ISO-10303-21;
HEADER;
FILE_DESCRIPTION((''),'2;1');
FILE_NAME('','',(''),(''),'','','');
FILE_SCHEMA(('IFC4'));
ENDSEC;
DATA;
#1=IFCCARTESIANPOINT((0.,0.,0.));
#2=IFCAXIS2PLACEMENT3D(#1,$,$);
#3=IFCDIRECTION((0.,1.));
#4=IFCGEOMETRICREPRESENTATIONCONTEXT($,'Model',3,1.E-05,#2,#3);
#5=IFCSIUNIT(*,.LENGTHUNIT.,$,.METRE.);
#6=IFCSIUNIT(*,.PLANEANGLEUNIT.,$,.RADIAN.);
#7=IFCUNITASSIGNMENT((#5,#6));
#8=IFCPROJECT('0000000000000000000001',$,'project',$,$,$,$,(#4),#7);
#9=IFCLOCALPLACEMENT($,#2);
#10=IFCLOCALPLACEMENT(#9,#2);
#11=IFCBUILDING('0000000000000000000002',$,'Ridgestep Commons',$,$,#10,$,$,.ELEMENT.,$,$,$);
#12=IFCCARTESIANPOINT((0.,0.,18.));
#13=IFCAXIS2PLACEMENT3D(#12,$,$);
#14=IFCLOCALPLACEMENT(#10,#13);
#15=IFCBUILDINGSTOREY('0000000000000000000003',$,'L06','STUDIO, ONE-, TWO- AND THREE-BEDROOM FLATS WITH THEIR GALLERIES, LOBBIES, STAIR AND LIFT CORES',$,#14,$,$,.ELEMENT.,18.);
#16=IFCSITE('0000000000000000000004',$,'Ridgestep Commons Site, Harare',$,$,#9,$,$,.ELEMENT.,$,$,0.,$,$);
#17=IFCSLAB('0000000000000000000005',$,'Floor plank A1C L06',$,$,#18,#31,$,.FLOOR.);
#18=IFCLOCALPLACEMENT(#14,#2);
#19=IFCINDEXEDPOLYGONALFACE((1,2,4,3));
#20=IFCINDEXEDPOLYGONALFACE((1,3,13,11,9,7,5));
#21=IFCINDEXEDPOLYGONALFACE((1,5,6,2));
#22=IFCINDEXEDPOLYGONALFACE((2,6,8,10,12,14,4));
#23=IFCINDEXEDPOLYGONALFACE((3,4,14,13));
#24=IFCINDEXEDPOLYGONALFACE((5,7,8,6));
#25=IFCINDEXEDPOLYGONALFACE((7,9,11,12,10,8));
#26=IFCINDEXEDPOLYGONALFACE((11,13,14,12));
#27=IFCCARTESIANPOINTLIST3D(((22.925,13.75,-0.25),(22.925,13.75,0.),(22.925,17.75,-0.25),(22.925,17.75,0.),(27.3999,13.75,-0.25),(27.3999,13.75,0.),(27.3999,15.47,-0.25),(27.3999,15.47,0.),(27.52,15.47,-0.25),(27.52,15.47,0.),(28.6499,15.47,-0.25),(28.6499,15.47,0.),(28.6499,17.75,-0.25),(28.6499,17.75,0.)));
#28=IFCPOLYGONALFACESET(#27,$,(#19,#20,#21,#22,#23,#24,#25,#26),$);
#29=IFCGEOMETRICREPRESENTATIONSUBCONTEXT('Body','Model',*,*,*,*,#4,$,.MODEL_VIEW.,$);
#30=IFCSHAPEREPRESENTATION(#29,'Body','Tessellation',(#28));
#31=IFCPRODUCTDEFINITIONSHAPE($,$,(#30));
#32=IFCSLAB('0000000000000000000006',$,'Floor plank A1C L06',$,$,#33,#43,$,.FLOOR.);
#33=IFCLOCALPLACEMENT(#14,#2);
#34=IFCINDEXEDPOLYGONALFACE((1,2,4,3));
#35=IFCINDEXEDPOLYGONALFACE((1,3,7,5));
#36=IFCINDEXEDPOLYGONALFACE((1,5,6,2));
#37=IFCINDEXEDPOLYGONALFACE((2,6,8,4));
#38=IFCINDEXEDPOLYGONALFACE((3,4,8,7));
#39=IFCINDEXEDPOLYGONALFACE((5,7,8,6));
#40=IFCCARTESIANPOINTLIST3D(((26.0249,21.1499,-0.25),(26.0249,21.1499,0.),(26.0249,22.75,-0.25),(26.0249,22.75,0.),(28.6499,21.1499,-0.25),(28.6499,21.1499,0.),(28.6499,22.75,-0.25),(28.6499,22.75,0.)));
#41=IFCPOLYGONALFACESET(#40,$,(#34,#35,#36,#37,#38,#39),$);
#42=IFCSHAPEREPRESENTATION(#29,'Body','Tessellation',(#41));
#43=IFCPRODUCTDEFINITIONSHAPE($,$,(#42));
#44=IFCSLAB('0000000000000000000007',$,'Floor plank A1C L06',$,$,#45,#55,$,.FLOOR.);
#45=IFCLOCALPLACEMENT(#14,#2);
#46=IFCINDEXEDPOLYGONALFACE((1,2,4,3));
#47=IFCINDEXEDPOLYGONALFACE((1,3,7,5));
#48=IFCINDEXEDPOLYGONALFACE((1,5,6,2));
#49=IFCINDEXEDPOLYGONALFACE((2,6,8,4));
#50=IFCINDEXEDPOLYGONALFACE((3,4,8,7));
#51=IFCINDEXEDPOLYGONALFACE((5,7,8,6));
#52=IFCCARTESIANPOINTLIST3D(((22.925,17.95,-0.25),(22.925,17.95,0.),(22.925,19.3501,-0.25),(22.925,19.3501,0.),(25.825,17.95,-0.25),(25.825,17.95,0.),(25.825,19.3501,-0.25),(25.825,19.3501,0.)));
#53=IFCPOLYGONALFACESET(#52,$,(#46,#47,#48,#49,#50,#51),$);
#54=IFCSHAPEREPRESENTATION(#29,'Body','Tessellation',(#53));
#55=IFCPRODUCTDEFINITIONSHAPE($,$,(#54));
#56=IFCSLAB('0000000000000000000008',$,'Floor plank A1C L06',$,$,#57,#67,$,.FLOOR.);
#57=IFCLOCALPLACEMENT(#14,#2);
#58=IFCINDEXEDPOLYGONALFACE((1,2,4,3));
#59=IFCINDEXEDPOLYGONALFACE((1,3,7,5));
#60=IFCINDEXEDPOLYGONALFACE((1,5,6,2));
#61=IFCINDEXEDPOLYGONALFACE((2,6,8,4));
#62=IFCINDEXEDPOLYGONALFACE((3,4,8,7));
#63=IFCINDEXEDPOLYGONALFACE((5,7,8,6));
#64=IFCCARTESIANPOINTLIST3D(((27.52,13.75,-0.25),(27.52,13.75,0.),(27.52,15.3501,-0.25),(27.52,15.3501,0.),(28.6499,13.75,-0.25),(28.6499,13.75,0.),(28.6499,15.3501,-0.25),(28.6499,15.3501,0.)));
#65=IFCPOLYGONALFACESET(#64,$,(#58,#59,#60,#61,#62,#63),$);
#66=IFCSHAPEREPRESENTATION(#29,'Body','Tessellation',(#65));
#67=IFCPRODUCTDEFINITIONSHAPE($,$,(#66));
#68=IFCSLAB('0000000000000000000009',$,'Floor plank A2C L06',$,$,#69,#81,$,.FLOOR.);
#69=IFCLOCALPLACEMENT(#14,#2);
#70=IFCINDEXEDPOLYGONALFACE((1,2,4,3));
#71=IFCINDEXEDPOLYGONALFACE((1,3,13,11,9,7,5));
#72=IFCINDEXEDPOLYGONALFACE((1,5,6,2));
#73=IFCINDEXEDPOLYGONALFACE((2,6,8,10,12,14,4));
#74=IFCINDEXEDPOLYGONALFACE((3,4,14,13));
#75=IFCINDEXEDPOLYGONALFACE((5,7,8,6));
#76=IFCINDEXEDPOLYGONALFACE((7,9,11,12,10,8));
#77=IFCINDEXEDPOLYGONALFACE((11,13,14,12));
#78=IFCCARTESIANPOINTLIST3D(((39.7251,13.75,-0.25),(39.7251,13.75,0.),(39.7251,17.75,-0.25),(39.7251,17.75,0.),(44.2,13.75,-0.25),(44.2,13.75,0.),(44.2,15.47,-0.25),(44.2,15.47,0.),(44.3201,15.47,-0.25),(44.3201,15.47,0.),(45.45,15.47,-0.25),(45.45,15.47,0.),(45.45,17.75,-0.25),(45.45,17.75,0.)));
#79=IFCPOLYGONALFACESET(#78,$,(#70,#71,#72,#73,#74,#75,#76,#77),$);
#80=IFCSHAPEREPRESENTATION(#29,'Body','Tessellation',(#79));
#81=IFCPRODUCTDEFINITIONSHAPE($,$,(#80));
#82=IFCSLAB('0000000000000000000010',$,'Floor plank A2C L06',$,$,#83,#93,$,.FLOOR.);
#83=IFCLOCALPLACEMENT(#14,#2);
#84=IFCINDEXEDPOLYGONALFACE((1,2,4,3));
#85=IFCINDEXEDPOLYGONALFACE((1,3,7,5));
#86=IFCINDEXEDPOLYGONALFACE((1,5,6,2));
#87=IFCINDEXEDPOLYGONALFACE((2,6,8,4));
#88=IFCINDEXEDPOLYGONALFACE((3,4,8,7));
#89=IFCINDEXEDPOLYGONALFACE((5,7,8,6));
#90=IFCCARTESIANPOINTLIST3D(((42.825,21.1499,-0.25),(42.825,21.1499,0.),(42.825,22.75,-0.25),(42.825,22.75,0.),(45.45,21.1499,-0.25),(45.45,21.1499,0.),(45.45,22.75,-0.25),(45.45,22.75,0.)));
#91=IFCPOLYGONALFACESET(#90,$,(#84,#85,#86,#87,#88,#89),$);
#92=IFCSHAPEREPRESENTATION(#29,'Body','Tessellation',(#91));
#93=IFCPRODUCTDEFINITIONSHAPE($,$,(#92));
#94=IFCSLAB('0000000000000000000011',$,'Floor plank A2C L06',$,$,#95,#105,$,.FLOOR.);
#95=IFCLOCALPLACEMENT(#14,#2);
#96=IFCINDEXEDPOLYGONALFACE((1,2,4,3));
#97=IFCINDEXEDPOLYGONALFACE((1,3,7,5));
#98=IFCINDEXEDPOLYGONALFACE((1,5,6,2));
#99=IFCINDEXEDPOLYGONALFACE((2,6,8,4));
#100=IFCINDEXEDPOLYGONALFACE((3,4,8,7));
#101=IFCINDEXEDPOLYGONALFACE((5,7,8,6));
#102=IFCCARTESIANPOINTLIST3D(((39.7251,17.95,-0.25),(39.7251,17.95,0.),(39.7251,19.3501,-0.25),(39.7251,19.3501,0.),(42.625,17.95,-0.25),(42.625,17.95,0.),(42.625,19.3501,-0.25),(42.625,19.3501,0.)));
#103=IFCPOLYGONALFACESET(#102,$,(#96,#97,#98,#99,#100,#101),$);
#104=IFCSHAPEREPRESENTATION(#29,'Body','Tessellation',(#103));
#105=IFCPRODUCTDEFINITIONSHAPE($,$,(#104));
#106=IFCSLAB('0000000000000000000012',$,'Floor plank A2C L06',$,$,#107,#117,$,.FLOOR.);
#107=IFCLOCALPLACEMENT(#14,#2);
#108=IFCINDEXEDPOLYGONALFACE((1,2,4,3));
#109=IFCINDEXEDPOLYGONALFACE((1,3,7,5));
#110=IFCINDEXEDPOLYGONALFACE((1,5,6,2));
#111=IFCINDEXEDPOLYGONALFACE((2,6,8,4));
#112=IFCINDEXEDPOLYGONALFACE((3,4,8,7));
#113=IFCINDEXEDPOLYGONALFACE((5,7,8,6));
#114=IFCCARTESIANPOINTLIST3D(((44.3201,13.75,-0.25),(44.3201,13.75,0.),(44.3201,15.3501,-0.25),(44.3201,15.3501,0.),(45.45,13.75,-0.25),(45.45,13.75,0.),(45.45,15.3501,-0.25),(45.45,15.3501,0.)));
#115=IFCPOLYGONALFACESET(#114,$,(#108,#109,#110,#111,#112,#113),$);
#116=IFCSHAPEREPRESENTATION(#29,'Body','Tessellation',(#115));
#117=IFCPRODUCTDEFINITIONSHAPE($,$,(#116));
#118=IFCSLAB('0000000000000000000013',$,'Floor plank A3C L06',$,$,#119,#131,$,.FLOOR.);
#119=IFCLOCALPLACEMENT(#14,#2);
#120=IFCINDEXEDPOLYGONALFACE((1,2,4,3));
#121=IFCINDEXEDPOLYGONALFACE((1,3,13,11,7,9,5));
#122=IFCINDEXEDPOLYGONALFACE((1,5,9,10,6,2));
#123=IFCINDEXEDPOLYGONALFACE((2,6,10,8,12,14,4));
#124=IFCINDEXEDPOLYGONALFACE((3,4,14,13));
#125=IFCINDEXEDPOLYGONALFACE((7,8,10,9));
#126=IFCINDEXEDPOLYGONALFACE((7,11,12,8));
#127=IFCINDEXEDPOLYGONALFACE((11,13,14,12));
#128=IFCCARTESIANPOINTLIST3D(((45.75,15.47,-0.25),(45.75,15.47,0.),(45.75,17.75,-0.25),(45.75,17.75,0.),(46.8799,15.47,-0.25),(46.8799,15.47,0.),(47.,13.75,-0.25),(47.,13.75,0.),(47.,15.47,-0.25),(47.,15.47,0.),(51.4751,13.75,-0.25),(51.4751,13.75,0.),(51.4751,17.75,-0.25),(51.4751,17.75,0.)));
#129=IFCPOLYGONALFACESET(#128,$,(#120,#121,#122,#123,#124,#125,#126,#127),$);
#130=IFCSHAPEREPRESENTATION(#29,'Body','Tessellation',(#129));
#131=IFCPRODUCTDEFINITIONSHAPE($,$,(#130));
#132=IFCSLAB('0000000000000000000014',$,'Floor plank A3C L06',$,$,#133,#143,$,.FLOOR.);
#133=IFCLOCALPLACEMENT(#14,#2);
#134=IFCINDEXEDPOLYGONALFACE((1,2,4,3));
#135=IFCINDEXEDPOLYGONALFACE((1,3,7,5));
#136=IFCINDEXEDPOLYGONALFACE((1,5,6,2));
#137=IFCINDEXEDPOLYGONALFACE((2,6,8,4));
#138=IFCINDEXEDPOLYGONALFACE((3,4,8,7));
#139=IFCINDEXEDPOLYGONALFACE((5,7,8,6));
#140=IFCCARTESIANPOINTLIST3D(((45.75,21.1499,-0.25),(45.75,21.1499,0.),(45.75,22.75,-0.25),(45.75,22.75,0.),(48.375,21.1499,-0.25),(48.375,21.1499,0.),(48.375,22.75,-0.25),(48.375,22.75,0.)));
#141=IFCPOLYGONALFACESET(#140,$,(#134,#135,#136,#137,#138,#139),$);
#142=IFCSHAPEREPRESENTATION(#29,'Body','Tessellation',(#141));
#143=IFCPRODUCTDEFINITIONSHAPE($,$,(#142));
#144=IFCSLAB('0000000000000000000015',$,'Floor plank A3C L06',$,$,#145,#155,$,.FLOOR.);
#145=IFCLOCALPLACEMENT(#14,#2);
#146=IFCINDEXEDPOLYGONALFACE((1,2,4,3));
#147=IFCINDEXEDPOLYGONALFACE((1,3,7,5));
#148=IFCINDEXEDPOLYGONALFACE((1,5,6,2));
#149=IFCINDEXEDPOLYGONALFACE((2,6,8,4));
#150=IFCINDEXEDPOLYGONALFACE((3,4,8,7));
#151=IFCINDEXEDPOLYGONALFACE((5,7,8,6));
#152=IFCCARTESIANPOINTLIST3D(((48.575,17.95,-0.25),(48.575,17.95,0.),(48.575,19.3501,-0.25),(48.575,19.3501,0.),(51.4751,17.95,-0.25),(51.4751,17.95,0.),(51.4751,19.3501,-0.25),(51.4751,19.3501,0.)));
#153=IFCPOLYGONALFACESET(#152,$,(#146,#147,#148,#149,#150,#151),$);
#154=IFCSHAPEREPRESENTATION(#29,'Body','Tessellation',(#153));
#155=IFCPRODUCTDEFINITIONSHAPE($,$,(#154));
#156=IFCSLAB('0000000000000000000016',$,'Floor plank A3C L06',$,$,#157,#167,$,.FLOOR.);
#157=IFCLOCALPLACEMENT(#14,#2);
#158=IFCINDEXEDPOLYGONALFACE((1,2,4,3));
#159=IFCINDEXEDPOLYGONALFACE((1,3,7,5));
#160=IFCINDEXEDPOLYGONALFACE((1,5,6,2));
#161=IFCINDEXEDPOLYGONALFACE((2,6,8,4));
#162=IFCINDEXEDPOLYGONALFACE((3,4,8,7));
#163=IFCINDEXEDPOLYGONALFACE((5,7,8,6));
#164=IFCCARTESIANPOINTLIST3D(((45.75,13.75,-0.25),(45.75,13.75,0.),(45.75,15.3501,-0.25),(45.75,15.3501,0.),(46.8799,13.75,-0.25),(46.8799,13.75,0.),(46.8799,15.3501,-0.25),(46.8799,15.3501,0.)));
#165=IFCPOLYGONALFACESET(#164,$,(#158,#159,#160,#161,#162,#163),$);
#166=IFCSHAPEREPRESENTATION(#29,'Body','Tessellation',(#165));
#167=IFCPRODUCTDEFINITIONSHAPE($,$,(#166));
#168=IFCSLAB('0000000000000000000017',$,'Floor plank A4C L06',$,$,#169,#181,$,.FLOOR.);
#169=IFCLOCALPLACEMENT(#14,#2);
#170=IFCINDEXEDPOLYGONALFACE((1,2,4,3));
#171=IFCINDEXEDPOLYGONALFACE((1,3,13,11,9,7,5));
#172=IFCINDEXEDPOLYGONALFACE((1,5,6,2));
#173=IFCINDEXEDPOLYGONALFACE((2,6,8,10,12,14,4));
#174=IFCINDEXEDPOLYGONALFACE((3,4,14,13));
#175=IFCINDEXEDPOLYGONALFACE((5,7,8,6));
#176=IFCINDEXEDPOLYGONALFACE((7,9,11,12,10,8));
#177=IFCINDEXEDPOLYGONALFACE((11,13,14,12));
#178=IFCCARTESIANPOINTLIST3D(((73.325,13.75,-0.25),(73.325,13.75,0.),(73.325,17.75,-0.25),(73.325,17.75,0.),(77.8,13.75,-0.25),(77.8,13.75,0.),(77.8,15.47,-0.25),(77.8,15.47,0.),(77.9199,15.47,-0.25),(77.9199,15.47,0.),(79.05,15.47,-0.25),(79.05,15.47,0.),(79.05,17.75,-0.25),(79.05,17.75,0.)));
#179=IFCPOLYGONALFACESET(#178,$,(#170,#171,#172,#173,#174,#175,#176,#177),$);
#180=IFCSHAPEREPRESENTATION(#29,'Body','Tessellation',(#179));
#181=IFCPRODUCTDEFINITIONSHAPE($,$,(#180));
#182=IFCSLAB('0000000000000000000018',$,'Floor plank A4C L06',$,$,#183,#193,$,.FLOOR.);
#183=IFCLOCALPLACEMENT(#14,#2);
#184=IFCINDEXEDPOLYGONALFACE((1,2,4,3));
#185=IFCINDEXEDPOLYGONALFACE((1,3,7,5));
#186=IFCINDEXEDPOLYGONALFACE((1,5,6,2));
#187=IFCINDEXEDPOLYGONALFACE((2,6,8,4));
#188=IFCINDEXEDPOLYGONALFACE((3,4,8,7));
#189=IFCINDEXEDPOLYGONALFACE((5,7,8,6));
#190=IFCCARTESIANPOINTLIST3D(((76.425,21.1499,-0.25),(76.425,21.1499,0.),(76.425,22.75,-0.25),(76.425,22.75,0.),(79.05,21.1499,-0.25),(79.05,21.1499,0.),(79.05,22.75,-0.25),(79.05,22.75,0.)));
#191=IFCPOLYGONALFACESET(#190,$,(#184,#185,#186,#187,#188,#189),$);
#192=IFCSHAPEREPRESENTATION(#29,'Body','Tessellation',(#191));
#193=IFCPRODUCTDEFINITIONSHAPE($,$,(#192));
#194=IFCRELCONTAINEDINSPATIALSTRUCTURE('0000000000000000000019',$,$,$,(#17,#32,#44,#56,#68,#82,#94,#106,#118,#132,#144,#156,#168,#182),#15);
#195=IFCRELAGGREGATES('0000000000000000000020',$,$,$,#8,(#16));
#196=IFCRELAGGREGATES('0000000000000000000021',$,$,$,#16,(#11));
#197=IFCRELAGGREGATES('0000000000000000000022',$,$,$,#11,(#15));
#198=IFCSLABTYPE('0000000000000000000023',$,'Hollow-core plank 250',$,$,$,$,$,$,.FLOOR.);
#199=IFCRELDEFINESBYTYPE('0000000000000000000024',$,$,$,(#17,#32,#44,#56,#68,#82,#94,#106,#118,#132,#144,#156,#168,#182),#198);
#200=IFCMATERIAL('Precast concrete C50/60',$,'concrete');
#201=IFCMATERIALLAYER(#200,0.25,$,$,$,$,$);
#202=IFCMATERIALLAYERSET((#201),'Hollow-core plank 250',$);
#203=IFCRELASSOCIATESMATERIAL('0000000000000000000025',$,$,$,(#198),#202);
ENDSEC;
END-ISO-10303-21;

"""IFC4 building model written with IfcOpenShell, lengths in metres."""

from ifc_helpers import new_model, si_unit, direction, frame, origin, place, context, subcontext, project, spatial, polyline, outline, extrude, material, layer, layer_set, type_object, element, save


model = new_model("IFC4")

# Units and contexts
model_context = context("Model", 3, precision=1e-05, world=origin(), true_north=direction((0.0, 1.0)))
body_context = subcontext(model_context, "Body", "Model", "MODEL_VIEW")
ifc_project = project(units=[si_unit("LENGTHUNIT", "METRE"), si_unit("PLANEANGLEUNIT", "RADIAN")], contexts=[model_context])

# Site, building, storey
site_placement = place(None, origin())
site = spatial("IfcSite", under=ifc_project, at=site_placement, Name="Ridgestep Commons Site, Harare", CompositionType="ELEMENT", RefElevation=0.0)
building_placement = place(site_placement, origin())
building = spatial("IfcBuilding", under=site, at=building_placement, Name="Ridgestep Commons", CompositionType="ELEMENT")
storey_placement = place(building_placement, frame((0.0, 0.0, 18.0)))
storey = spatial("IfcBuildingStorey", under=building, at=storey_placement, Name="L06", Description="STUDIO, ONE-, TWO- AND THREE-BEDROOM FLATS WITH THEIR GALLERIES, LOBBIES, STAIR AND LIFT CORES", CompositionType="ELEMENT", Elevation=18.0)

# Slabs
ifc_material_1 = material(Name="Precast concrete C50/60", Category="concrete")
ifc_layer_1 = layer(ifc_material_1, 0.25)
ifc_layer_set_1 = layer_set([ifc_layer_1], Name="Hollow-core plank 250")
slab_type_1 = type_object("IfcSlabType", Name="Hollow-core plank 250", PredefinedType="FLOOR", material=ifc_layer_set_1)
slab_1_placement = place(storey_placement, frame((0.0, 0.0, -0.25)))
element("IfcSlab", 1, at=slab_1_placement, inside=storey, type_object=slab_type_1, Name="Floor plank A1C L06", PredefinedType="FLOOR", context=body_context, shape_type="SweptSolid", body=[
    extrude(outline(polyline([(27.52, 15.47), (28.6499, 15.47), (28.6499, 17.75), (22.925, 17.75), (22.925, 13.75), (27.3999, 13.75), (27.3999, 15.47), (27.52, 15.47)])), origin(), (0.0, 0.0, 1.0), 0.25),
])
slab_2_placement = place(storey_placement, frame((0.0, 0.0, -0.25)))
element("IfcSlab", 2, at=slab_2_placement, inside=storey, type_object=slab_type_1, Name="Floor plank A1C L06", PredefinedType="FLOOR", context=body_context, shape_type="SweptSolid", body=[
    extrude(outline(polyline([(28.6499, 21.1499), (28.6499, 22.75), (26.0249, 22.75), (26.0249, 21.1499), (28.6499, 21.1499)])), origin(), (0.0, 0.0, 1.0), 0.25),
])
slab_3_placement = place(storey_placement, frame((0.0, 0.0, -0.25)))
element("IfcSlab", 3, at=slab_3_placement, inside=storey, type_object=slab_type_1, Name="Floor plank A1C L06", PredefinedType="FLOOR", context=body_context, shape_type="SweptSolid", body=[
    extrude(outline(polyline([(25.825, 17.95), (25.825, 19.3501), (22.925, 19.3501), (22.925, 17.95), (25.825, 17.95)])), origin(), (0.0, 0.0, 1.0), 0.25),
])
slab_4_placement = place(storey_placement, frame((0.0, 0.0, -0.25)))
element("IfcSlab", 4, at=slab_4_placement, inside=storey, type_object=slab_type_1, Name="Floor plank A1C L06", PredefinedType="FLOOR", context=body_context, shape_type="SweptSolid", body=[
    extrude(outline(polyline([(27.52, 13.75), (28.6499, 13.75), (28.6499, 15.3501), (27.52, 15.3501), (27.52, 13.75)])), origin(), (0.0, 0.0, 1.0), 0.25),
])
slab_5_placement = place(storey_placement, frame((0.0, 0.0, -0.25)))
element("IfcSlab", 5, at=slab_5_placement, inside=storey, type_object=slab_type_1, Name="Floor plank A2C L06", PredefinedType="FLOOR", context=body_context, shape_type="SweptSolid", body=[
    extrude(outline(polyline([(44.3201, 15.47), (45.45, 15.47), (45.45, 17.75), (39.7251, 17.75), (39.7251, 13.75), (44.2, 13.75), (44.2, 15.47), (44.3201, 15.47)])), origin(), (0.0, 0.0, 1.0), 0.25),
])
slab_6_placement = place(storey_placement, frame((0.0, 0.0, -0.25)))
element("IfcSlab", 6, at=slab_6_placement, inside=storey, type_object=slab_type_1, Name="Floor plank A2C L06", PredefinedType="FLOOR", context=body_context, shape_type="SweptSolid", body=[
    extrude(outline(polyline([(45.45, 21.1499), (45.45, 22.75), (42.825, 22.75), (42.825, 21.1499), (45.45, 21.1499)])), origin(), (0.0, 0.0, 1.0), 0.25),
])
slab_7_placement = place(storey_placement, frame((0.0, 0.0, -0.25)))
element("IfcSlab", 7, at=slab_7_placement, inside=storey, type_object=slab_type_1, Name="Floor plank A2C L06", PredefinedType="FLOOR", context=body_context, shape_type="SweptSolid", body=[
    extrude(outline(polyline([(42.625, 17.95), (42.625, 19.3501), (39.7251, 19.3501), (39.7251, 17.95), (42.625, 17.95)])), origin(), (0.0, 0.0, 1.0), 0.25),
])
slab_8_placement = place(storey_placement, frame((0.0, 0.0, -0.25)))
element("IfcSlab", 8, at=slab_8_placement, inside=storey, type_object=slab_type_1, Name="Floor plank A2C L06", PredefinedType="FLOOR", context=body_context, shape_type="SweptSolid", body=[
    extrude(outline(polyline([(44.3201, 13.75), (45.45, 13.75), (45.45, 15.3501), (44.3201, 15.3501), (44.3201, 13.75)])), origin(), (0.0, 0.0, 1.0), 0.25),
])
slab_9_placement = place(storey_placement, frame((0.0, 0.0, -0.25)))
element("IfcSlab", 9, at=slab_9_placement, inside=storey, type_object=slab_type_1, Name="Floor plank A3C L06", PredefinedType="FLOOR", context=body_context, shape_type="SweptSolid", body=[
    extrude(outline(polyline([(47.0, 13.75), (51.4751, 13.75), (51.4751, 17.75), (45.75, 17.75), (45.75, 15.47), (46.8799, 15.47), (47.0, 15.47), (47.0, 13.75)])), origin(), (0.0, 0.0, 1.0), 0.25),
])
slab_10_placement = place(storey_placement, frame((0.0, 0.0, -0.25)))
element("IfcSlab", 10, at=slab_10_placement, inside=storey, type_object=slab_type_1, Name="Floor plank A3C L06", PredefinedType="FLOOR", context=body_context, shape_type="SweptSolid", body=[
    extrude(outline(polyline([(48.375, 22.75), (45.75, 22.75), (45.75, 21.1499), (48.375, 21.1499), (48.375, 22.75)])), origin(), (0.0, 0.0, 1.0), 0.25),
])
slab_11_placement = place(storey_placement, frame((0.0, 0.0, -0.25)))
element("IfcSlab", 11, at=slab_11_placement, inside=storey, type_object=slab_type_1, Name="Floor plank A3C L06", PredefinedType="FLOOR", context=body_context, shape_type="SweptSolid", body=[
    extrude(outline(polyline([(51.4751, 17.95), (51.4751, 19.3501), (48.575, 19.3501), (48.575, 17.95), (51.4751, 17.95)])), origin(), (0.0, 0.0, 1.0), 0.25),
])
slab_12_placement = place(storey_placement, frame((0.0, 0.0, -0.25)))
element("IfcSlab", 12, at=slab_12_placement, inside=storey, type_object=slab_type_1, Name="Floor plank A3C L06", PredefinedType="FLOOR", context=body_context, shape_type="SweptSolid", body=[
    extrude(outline(polyline([(46.8799, 15.3501), (45.75, 15.3501), (45.75, 13.75), (46.8799, 13.75), (46.8799, 15.3501)])), origin(), (0.0, 0.0, 1.0), 0.25),
])
slab_13_placement = place(storey_placement, frame((0.0, 0.0, -0.25)))
element("IfcSlab", 13, at=slab_13_placement, inside=storey, type_object=slab_type_1, Name="Floor plank A4C L06", PredefinedType="FLOOR", context=body_context, shape_type="SweptSolid", body=[
    extrude(outline(polyline([(77.9199, 15.47), (79.05, 15.47), (79.05, 17.75), (73.325, 17.75), (73.325, 13.75), (77.8, 13.75), (77.8, 15.47), (77.9199, 15.47)])), origin(), (0.0, 0.0, 1.0), 0.25),
])
slab_14_placement = place(storey_placement, frame((0.0, 0.0, -0.25)))
element("IfcSlab", 14, at=slab_14_placement, inside=storey, type_object=slab_type_1, Name="Floor plank A4C L06", PredefinedType="FLOOR", context=body_context, shape_type="SweptSolid", body=[
    extrude(outline(polyline([(79.05, 21.1499), (79.05, 22.75), (76.425, 22.75), (76.425, 21.1499), (79.05, 21.1499)])), origin(), (0.0, 0.0, 1.0), 0.25),
])

save(model, "model.ifc")
